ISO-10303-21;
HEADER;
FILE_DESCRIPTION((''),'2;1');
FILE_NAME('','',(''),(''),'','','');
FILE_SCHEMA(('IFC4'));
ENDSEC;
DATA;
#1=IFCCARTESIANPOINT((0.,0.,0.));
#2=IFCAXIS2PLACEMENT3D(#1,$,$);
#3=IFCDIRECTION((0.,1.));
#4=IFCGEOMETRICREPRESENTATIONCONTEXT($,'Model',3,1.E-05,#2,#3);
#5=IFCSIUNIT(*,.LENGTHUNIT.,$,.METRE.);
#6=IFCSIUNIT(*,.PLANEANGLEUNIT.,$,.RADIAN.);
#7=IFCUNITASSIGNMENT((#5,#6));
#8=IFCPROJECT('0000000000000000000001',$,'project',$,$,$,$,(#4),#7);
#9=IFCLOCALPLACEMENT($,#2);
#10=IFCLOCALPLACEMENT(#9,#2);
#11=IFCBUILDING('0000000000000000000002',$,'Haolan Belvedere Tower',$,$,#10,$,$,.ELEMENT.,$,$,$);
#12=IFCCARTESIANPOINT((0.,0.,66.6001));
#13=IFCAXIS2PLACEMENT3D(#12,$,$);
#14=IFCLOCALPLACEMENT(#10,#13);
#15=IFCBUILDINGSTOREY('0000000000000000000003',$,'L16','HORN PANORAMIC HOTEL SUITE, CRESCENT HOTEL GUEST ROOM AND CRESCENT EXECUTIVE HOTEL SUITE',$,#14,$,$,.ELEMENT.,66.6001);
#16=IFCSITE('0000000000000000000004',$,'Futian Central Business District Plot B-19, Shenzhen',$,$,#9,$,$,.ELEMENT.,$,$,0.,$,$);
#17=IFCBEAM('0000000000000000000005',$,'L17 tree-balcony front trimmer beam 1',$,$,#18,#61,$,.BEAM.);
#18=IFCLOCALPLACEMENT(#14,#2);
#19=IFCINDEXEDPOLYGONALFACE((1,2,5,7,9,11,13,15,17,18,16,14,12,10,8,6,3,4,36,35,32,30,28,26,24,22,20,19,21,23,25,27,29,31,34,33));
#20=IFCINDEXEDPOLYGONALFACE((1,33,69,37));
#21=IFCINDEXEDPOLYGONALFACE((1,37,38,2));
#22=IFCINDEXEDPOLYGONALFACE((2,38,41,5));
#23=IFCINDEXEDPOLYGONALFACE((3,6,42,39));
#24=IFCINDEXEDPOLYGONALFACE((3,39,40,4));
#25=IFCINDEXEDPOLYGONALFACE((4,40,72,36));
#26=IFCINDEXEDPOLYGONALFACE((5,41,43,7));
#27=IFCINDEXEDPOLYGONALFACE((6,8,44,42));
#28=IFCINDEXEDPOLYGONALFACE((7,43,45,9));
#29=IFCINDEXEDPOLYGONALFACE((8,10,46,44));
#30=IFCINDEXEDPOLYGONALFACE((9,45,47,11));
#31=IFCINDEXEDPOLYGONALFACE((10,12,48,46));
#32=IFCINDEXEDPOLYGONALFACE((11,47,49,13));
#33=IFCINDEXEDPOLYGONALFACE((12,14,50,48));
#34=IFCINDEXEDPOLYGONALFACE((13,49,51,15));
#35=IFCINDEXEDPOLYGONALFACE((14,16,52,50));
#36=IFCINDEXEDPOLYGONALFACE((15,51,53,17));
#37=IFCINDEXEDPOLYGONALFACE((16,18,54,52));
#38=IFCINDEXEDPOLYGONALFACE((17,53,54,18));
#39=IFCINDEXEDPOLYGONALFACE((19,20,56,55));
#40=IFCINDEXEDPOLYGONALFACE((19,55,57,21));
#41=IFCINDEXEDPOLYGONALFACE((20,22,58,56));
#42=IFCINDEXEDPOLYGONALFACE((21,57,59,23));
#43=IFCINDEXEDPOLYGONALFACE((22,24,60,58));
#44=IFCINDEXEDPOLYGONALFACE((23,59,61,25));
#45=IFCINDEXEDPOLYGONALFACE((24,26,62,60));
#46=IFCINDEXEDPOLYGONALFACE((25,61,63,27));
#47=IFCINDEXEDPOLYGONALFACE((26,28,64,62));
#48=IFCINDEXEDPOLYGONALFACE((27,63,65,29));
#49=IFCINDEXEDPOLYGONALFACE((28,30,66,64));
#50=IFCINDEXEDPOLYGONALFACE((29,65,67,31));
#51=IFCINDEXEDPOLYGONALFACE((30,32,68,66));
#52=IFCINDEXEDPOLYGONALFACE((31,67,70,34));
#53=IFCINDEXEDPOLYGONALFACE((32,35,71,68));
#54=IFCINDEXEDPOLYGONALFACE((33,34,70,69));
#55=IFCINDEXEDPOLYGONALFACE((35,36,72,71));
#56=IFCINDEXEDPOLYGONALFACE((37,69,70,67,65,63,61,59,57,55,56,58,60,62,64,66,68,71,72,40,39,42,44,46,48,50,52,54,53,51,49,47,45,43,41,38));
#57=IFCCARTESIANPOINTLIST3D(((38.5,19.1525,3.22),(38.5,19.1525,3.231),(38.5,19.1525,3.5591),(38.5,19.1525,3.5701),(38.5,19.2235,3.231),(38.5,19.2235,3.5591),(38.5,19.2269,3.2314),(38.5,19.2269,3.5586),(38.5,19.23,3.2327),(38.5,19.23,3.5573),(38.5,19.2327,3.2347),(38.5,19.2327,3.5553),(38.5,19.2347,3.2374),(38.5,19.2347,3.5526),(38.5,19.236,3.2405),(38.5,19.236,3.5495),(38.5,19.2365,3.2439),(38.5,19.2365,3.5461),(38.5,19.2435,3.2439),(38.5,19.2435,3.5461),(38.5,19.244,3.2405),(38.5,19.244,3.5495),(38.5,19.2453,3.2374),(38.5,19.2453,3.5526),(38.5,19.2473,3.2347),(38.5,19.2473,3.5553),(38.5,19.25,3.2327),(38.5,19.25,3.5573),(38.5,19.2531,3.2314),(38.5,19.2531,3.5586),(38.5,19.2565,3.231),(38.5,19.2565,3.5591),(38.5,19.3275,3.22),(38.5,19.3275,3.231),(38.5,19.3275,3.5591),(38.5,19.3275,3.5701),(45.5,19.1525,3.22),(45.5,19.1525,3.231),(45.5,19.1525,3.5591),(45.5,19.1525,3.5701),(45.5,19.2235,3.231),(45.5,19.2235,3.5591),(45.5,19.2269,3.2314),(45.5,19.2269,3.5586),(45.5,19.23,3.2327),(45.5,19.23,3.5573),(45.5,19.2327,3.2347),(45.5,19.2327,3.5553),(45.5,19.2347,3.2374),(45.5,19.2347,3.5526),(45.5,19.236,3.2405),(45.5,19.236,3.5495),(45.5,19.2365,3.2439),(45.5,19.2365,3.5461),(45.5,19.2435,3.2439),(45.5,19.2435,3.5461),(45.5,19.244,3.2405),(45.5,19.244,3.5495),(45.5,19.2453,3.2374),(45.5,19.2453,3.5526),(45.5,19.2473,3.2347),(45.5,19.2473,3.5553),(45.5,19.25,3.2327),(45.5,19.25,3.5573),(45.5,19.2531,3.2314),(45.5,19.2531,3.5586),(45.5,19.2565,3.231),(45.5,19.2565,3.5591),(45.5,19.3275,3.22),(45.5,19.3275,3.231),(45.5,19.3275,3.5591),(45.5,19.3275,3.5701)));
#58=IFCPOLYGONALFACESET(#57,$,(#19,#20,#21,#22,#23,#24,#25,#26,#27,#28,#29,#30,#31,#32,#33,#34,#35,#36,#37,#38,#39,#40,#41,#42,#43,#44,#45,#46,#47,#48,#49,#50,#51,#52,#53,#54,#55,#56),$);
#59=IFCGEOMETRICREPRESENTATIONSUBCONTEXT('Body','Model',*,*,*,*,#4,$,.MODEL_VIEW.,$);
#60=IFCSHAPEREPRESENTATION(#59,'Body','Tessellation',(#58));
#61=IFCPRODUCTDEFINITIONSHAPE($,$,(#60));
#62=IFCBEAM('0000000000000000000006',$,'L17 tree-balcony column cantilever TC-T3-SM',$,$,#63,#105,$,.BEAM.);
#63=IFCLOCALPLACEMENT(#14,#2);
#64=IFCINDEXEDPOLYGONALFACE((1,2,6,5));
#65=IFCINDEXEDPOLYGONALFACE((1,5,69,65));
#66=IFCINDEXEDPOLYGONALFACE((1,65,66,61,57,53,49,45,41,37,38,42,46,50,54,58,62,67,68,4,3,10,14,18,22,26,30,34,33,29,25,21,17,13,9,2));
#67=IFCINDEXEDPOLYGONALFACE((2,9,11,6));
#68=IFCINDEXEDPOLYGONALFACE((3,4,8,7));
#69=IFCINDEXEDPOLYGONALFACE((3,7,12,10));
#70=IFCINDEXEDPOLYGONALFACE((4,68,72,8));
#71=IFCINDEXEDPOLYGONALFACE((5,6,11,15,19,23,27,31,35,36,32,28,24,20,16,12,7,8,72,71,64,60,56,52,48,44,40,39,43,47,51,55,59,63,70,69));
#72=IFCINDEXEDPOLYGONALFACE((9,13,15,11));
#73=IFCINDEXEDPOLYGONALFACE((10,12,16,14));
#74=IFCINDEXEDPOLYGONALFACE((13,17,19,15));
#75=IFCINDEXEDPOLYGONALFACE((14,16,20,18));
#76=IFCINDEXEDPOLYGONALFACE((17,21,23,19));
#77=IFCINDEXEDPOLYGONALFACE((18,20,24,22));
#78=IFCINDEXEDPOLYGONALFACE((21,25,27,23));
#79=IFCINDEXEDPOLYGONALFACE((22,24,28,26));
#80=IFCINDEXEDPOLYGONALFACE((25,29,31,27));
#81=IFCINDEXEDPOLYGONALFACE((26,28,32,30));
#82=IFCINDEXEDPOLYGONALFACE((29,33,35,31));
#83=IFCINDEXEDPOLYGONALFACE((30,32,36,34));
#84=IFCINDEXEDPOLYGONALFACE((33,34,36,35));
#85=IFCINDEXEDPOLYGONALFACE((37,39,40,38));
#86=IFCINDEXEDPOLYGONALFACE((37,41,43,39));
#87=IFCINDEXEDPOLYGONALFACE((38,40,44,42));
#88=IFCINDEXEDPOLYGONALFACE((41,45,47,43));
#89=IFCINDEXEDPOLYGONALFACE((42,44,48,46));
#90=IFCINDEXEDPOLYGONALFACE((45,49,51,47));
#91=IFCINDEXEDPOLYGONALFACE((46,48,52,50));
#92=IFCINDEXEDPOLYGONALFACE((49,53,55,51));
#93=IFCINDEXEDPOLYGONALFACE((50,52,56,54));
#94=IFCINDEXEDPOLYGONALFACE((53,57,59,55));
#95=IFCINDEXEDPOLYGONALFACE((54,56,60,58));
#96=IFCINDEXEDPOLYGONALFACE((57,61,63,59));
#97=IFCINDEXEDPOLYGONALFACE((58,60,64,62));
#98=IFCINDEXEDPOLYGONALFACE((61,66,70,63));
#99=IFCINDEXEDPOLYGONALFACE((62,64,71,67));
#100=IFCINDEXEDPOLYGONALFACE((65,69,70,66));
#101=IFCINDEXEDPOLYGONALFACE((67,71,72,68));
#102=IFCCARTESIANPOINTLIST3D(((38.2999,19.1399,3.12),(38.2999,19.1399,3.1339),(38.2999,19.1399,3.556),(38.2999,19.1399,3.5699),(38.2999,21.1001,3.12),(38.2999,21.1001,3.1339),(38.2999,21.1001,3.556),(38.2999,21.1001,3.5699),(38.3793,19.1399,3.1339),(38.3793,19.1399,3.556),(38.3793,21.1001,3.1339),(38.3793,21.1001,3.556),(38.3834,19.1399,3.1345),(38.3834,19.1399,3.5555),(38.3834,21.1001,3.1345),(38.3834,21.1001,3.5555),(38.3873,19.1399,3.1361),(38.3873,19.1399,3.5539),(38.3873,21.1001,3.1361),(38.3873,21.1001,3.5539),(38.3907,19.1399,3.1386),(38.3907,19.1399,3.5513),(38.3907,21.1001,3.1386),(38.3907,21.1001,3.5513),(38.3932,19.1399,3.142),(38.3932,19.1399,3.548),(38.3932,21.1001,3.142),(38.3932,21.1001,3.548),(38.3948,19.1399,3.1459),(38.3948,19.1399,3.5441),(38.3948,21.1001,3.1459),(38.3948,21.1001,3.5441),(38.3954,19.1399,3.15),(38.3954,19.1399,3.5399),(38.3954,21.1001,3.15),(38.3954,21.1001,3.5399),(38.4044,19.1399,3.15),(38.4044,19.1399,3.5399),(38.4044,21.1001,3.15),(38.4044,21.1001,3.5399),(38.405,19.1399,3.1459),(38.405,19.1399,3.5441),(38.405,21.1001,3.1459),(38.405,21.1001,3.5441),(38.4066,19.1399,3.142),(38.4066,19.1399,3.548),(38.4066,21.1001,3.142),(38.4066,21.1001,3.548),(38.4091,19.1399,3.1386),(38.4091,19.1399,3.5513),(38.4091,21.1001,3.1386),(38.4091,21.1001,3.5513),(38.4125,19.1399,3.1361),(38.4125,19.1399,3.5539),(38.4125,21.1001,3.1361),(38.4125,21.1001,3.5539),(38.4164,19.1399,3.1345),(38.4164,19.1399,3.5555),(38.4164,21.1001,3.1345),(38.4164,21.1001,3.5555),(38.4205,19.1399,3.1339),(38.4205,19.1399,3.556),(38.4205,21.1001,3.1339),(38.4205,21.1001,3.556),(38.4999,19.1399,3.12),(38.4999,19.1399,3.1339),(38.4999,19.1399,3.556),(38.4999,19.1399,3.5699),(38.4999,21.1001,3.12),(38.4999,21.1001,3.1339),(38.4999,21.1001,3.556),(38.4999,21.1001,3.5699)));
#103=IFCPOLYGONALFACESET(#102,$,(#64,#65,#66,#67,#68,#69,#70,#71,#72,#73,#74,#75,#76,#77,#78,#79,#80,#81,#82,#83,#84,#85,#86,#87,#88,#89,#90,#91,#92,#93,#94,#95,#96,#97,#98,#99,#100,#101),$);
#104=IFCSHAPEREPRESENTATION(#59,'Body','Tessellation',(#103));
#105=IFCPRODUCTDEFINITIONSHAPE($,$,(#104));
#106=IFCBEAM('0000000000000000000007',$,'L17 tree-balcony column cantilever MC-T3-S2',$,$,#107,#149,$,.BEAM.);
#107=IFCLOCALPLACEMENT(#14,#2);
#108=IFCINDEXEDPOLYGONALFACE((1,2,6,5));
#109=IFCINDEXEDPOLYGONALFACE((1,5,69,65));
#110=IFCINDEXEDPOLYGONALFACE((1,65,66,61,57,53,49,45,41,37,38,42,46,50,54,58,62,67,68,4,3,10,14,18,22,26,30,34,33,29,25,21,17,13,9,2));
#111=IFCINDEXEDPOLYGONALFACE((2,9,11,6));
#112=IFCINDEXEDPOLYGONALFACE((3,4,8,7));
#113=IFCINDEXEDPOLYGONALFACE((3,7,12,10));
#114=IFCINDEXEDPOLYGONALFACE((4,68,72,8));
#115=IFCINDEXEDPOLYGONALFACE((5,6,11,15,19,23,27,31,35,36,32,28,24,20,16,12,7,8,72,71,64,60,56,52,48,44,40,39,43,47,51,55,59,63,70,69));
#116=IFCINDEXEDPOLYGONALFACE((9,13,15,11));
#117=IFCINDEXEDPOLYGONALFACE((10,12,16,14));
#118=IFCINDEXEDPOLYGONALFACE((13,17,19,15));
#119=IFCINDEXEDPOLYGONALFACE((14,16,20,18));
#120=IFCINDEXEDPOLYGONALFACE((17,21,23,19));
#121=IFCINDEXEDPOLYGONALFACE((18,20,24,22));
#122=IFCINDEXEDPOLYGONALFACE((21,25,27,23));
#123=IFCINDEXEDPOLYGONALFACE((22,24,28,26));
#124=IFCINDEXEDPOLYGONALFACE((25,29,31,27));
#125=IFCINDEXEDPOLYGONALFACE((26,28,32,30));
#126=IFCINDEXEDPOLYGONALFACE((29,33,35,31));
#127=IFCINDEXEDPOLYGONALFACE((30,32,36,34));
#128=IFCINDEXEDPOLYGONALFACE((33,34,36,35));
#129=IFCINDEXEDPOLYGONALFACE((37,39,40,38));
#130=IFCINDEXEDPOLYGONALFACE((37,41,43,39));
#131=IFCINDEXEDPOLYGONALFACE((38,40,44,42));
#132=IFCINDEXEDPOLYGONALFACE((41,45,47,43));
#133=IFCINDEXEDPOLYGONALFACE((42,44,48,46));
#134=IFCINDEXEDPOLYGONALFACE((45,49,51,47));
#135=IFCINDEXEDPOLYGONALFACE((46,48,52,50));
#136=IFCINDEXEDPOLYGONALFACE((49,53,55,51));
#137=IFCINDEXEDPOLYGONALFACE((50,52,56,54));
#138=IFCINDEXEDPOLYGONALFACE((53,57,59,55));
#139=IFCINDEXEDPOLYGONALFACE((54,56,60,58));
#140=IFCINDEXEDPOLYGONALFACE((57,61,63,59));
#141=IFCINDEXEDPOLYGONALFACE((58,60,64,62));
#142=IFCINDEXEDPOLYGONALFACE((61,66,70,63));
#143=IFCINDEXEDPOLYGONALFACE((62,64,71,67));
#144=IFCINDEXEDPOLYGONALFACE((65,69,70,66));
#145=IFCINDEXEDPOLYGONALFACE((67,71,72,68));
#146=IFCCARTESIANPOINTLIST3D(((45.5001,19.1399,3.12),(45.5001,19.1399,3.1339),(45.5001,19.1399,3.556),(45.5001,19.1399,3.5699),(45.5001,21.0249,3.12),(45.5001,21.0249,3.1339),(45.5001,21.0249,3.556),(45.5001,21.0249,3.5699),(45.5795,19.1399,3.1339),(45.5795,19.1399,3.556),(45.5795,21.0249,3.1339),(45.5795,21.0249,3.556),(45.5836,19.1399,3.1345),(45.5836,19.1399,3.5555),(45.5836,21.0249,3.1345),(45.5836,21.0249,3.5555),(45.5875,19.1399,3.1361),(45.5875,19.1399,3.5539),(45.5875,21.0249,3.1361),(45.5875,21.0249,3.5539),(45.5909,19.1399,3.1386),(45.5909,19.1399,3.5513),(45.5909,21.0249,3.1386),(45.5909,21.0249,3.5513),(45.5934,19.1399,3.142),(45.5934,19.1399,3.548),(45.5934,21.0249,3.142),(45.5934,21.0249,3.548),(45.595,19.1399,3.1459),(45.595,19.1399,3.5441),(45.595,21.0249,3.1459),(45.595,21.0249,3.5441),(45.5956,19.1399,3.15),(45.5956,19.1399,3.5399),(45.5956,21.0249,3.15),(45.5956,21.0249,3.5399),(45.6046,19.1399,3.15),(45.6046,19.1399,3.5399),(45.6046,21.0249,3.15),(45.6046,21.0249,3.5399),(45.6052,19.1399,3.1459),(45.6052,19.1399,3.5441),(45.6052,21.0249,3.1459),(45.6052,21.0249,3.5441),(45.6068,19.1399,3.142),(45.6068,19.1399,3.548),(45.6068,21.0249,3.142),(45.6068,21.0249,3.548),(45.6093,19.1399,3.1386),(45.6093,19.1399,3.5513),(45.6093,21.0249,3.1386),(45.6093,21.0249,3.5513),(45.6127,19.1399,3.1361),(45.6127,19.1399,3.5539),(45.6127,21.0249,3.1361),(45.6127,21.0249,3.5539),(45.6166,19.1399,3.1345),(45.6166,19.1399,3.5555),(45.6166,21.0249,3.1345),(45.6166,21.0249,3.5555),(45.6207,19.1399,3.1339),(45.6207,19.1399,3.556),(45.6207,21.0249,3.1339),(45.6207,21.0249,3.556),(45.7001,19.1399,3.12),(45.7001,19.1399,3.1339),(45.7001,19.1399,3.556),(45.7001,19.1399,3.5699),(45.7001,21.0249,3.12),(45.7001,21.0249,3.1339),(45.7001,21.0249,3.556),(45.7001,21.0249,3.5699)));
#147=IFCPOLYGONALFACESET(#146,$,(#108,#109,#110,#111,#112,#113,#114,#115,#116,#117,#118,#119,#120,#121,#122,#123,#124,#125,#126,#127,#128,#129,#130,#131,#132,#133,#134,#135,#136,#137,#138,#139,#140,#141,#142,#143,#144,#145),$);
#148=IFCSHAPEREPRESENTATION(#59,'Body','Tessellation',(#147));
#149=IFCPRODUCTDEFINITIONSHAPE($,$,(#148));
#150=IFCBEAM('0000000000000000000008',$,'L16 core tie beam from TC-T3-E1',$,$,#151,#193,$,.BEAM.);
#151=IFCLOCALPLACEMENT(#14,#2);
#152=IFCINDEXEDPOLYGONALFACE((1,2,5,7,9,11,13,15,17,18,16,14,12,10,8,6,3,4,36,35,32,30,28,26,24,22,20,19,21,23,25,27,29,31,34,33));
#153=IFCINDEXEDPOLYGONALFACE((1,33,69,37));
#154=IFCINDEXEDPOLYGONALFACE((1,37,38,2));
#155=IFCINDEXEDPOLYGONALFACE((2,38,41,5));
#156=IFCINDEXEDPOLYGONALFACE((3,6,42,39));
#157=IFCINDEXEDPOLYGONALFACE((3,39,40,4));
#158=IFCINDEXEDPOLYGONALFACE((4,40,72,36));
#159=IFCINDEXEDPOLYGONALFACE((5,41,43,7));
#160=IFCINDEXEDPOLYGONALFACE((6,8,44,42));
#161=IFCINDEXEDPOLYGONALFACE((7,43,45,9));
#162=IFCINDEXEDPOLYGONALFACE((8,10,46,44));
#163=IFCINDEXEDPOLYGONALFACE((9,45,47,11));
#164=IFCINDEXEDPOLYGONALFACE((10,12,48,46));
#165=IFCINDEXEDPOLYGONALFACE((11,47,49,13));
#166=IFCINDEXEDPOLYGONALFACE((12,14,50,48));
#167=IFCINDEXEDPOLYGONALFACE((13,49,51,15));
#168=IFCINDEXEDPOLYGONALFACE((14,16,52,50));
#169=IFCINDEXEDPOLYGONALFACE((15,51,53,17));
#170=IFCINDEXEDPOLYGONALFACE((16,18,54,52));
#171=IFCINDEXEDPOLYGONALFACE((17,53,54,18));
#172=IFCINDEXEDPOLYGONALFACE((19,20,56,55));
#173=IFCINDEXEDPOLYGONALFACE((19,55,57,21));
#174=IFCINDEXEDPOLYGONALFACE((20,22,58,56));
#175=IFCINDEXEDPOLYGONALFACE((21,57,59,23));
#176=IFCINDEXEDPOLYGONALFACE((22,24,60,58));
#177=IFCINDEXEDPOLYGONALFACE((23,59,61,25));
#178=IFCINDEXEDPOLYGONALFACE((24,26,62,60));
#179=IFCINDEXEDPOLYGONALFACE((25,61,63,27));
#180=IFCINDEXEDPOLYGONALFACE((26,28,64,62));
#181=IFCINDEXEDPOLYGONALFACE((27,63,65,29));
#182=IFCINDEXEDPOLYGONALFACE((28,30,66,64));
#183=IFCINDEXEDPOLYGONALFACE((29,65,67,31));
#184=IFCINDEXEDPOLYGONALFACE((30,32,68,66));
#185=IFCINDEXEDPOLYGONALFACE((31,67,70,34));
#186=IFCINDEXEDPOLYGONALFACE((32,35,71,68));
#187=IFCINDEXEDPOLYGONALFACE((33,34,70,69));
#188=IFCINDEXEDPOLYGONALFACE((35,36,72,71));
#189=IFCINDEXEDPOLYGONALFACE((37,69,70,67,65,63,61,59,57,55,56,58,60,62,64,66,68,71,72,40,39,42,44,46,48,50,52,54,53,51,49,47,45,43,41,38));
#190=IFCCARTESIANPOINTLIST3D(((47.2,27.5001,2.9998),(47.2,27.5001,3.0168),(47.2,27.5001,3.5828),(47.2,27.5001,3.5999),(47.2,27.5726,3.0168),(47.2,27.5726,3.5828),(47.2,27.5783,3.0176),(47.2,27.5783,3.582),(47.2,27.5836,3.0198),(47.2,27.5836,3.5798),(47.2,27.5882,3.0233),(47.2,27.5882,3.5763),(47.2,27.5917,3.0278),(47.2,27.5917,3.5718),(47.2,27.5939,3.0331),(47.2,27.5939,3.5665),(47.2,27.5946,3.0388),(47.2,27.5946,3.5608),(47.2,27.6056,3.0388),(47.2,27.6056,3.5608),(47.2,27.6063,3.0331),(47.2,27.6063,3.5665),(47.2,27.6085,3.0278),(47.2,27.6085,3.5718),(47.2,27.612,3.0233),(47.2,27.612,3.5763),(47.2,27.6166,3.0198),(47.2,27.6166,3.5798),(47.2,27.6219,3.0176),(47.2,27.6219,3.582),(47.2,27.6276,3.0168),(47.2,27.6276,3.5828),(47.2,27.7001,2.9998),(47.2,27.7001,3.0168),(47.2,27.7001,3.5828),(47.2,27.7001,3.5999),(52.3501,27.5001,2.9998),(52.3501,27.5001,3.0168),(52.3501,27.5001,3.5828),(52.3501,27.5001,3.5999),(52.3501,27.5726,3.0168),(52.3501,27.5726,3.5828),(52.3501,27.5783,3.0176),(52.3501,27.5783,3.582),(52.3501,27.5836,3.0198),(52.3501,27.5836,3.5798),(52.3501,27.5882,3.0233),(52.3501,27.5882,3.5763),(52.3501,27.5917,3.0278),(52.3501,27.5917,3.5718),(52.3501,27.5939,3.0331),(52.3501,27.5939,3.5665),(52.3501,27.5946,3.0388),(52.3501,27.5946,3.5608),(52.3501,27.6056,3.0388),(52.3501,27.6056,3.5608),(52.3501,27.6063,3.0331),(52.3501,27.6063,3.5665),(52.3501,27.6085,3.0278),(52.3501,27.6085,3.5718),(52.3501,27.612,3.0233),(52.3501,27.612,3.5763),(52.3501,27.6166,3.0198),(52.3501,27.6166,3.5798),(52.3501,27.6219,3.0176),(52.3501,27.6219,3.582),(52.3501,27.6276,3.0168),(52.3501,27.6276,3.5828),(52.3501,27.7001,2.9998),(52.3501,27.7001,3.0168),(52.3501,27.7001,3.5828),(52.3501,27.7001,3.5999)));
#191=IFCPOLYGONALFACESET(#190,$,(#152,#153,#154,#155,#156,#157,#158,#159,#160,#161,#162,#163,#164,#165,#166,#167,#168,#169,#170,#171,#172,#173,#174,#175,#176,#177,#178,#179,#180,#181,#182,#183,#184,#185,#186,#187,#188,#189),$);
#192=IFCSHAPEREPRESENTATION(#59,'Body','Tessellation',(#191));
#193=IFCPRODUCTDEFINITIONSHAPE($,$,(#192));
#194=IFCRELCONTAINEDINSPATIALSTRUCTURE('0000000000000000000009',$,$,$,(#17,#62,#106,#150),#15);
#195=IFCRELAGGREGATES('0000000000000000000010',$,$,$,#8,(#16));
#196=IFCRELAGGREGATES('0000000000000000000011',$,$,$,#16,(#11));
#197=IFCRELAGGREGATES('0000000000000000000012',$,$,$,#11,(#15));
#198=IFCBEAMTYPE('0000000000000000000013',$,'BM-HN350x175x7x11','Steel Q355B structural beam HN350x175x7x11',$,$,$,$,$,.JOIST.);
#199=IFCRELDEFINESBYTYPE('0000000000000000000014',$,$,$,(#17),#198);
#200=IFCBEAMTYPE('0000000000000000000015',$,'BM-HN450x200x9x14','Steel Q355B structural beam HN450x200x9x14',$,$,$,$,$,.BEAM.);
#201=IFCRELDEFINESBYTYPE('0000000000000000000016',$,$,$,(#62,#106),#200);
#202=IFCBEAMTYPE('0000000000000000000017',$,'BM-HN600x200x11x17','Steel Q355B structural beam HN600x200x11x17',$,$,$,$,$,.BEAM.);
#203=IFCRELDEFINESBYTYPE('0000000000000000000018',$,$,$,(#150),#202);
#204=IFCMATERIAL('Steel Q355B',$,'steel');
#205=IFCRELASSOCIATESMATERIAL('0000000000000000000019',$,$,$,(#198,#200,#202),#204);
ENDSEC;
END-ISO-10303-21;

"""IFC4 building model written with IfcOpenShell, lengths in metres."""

from ifc_helpers import new_model, si_unit, direction, frame, origin, origin_2d, place, context, subcontext, project, spatial, i_section, extrude, material, material_profile, profile_set, type_object, element, save


model = new_model("IFC4")

# Units and contexts
model_context = context("Model", 3, precision=1e-05, world=origin(), true_north=direction((0.0, 1.0)))
body_context = subcontext(model_context, "Body", "Model", "MODEL_VIEW")
ifc_project = project(units=[si_unit("LENGTHUNIT", "METRE"), si_unit("PLANEANGLEUNIT", "RADIAN")], contexts=[model_context])

# Site, building, storey
site_placement = place(None, origin())
site = spatial("IfcSite", under=ifc_project, at=site_placement, Name="Futian Central Business District Plot B-19, Shenzhen", CompositionType="ELEMENT", RefElevation=0.0)
building_placement = place(site_placement, origin())
building = spatial("IfcBuilding", under=site, at=building_placement, Name="Haolan Belvedere Tower", CompositionType="ELEMENT")
storey_placement = place(building_placement, frame((0.0, 0.0, 66.6001)))
storey = spatial("IfcBuildingStorey", under=building, at=storey_placement, Name="L16", Description="HORN PANORAMIC HOTEL SUITE, CRESCENT HOTEL GUEST ROOM AND CRESCENT EXECUTIVE HOTEL SUITE", CompositionType="ELEMENT", Elevation=66.6001)

# Shared definitions
ifc_material_1 = material(Name="Steel Q355B", Category="steel")

# Beams
ifc_material_profile_1 = material_profile(ifc_material_1, i_section(OverallWidth=0.175, OverallDepth=0.3501, WebThickness=0.0071, FlangeThickness=0.011, FilletRadius=0.0129, at=origin_2d()), Name="Steel Q355B")
ifc_profile_set_1 = profile_set([ifc_material_profile_1], Name="Steel Q355B")
beam_type_1 = type_object("IfcBeamType", Name="BM-HN350x175x7x11", Description="Steel Q355B structural beam HN350x175x7x11", PredefinedType="JOIST", material=ifc_profile_set_1)
beam_1_placement = place(storey_placement, frame((38.5, 19.24, 3.395), z_axis=(1.0, 0.0, 0.0), x_axis=(0.0, 1.0, 0.0)))
element("IfcBeam", 1, at=beam_1_placement, inside=storey, type_object=beam_type_1, Name="L17 tree-balcony front trimmer beam 1", PredefinedType="BEAM", context=body_context, shape_type="SweptSolid", body=[
    extrude(i_section(OverallWidth=0.175, OverallDepth=0.3501, WebThickness=0.0071, FlangeThickness=0.011, FilletRadius=0.0129, at=origin_2d()), origin(), (0.0, 0.0, 1.0), 7.0),
])
ifc_material_profile_2 = material_profile(ifc_material_1, i_section(OverallWidth=0.2, OverallDepth=0.45, WebThickness=0.009, FlangeThickness=0.0139, FilletRadius=0.0161, at=origin_2d()), Name="Steel Q355B")
ifc_profile_set_2 = profile_set([ifc_material_profile_2], Name="Steel Q355B")
beam_type_2 = type_object("IfcBeamType", Name="BM-HN450x200x9x14", Description="Steel Q355B structural beam HN450x200x9x14", PredefinedType="BEAM", material=ifc_profile_set_2)
beam_2_placement = place(storey_placement, frame((38.3999, 21.1001, 3.345), z_axis=(0.0, -1.0, 0.0), x_axis=(1.0, 0.0, 0.0)))
element("IfcBeam", 2, at=beam_2_placement, inside=storey, type_object=beam_type_2, Name="L17 tree-balcony column cantilever TC-T3-SM", PredefinedType="BEAM", context=body_context, shape_type="SweptSolid", body=[
    extrude(i_section(OverallWidth=0.2, OverallDepth=0.45, WebThickness=0.009, FlangeThickness=0.0139, FilletRadius=0.0161, at=origin_2d()), origin(), (0.0, 0.0, 1.0), 1.9602),
])
beam_3_placement = place(storey_placement, frame((45.6001, 21.0249, 3.345), z_axis=(0.0, -1.0, 0.0), x_axis=(1.0, 0.0, 0.0)))
element("IfcBeam", 3, at=beam_3_placement, inside=storey, type_object=beam_type_2, Name="L17 tree-balcony column cantilever MC-T3-S2", PredefinedType="BEAM", context=body_context, shape_type="SweptSolid", body=[
    extrude(i_section(OverallWidth=0.2, OverallDepth=0.45, WebThickness=0.009, FlangeThickness=0.0139, FilletRadius=0.0161, at=origin_2d()), origin(), (0.0, 0.0, 1.0), 1.885),
])
ifc_material_profile_3 = material_profile(ifc_material_1, i_section(OverallWidth=0.2, OverallDepth=0.6001, WebThickness=0.011, FlangeThickness=0.0171, FilletRadius=0.022, at=origin_2d()), Name="Steel Q355B")
ifc_profile_set_3 = profile_set([ifc_material_profile_3], Name="Steel Q355B")
beam_type_3 = type_object("IfcBeamType", Name="BM-HN600x200x11x17", Description="Steel Q355B structural beam HN600x200x11x17", PredefinedType="BEAM", material=ifc_profile_set_3)
beam_4_placement = place(storey_placement, frame((52.3501, 27.6001, 3.2998), z_axis=(-1.0, 0.0, 0.0), x_axis=(0.0, -1.0, 0.0)))
element("IfcBeam", 4, at=beam_4_placement, inside=storey, type_object=beam_type_3, Name="L16 core tie beam from TC-T3-E1", PredefinedType="BEAM", context=body_context, shape_type="SweptSolid", body=[
    extrude(i_section(OverallWidth=0.2, OverallDepth=0.6001, WebThickness=0.011, FlangeThickness=0.0171, FilletRadius=0.022, at=origin_2d()), origin(), (0.0, 0.0, 1.0), 5.1501),
])

save(model, "model.ifc")
